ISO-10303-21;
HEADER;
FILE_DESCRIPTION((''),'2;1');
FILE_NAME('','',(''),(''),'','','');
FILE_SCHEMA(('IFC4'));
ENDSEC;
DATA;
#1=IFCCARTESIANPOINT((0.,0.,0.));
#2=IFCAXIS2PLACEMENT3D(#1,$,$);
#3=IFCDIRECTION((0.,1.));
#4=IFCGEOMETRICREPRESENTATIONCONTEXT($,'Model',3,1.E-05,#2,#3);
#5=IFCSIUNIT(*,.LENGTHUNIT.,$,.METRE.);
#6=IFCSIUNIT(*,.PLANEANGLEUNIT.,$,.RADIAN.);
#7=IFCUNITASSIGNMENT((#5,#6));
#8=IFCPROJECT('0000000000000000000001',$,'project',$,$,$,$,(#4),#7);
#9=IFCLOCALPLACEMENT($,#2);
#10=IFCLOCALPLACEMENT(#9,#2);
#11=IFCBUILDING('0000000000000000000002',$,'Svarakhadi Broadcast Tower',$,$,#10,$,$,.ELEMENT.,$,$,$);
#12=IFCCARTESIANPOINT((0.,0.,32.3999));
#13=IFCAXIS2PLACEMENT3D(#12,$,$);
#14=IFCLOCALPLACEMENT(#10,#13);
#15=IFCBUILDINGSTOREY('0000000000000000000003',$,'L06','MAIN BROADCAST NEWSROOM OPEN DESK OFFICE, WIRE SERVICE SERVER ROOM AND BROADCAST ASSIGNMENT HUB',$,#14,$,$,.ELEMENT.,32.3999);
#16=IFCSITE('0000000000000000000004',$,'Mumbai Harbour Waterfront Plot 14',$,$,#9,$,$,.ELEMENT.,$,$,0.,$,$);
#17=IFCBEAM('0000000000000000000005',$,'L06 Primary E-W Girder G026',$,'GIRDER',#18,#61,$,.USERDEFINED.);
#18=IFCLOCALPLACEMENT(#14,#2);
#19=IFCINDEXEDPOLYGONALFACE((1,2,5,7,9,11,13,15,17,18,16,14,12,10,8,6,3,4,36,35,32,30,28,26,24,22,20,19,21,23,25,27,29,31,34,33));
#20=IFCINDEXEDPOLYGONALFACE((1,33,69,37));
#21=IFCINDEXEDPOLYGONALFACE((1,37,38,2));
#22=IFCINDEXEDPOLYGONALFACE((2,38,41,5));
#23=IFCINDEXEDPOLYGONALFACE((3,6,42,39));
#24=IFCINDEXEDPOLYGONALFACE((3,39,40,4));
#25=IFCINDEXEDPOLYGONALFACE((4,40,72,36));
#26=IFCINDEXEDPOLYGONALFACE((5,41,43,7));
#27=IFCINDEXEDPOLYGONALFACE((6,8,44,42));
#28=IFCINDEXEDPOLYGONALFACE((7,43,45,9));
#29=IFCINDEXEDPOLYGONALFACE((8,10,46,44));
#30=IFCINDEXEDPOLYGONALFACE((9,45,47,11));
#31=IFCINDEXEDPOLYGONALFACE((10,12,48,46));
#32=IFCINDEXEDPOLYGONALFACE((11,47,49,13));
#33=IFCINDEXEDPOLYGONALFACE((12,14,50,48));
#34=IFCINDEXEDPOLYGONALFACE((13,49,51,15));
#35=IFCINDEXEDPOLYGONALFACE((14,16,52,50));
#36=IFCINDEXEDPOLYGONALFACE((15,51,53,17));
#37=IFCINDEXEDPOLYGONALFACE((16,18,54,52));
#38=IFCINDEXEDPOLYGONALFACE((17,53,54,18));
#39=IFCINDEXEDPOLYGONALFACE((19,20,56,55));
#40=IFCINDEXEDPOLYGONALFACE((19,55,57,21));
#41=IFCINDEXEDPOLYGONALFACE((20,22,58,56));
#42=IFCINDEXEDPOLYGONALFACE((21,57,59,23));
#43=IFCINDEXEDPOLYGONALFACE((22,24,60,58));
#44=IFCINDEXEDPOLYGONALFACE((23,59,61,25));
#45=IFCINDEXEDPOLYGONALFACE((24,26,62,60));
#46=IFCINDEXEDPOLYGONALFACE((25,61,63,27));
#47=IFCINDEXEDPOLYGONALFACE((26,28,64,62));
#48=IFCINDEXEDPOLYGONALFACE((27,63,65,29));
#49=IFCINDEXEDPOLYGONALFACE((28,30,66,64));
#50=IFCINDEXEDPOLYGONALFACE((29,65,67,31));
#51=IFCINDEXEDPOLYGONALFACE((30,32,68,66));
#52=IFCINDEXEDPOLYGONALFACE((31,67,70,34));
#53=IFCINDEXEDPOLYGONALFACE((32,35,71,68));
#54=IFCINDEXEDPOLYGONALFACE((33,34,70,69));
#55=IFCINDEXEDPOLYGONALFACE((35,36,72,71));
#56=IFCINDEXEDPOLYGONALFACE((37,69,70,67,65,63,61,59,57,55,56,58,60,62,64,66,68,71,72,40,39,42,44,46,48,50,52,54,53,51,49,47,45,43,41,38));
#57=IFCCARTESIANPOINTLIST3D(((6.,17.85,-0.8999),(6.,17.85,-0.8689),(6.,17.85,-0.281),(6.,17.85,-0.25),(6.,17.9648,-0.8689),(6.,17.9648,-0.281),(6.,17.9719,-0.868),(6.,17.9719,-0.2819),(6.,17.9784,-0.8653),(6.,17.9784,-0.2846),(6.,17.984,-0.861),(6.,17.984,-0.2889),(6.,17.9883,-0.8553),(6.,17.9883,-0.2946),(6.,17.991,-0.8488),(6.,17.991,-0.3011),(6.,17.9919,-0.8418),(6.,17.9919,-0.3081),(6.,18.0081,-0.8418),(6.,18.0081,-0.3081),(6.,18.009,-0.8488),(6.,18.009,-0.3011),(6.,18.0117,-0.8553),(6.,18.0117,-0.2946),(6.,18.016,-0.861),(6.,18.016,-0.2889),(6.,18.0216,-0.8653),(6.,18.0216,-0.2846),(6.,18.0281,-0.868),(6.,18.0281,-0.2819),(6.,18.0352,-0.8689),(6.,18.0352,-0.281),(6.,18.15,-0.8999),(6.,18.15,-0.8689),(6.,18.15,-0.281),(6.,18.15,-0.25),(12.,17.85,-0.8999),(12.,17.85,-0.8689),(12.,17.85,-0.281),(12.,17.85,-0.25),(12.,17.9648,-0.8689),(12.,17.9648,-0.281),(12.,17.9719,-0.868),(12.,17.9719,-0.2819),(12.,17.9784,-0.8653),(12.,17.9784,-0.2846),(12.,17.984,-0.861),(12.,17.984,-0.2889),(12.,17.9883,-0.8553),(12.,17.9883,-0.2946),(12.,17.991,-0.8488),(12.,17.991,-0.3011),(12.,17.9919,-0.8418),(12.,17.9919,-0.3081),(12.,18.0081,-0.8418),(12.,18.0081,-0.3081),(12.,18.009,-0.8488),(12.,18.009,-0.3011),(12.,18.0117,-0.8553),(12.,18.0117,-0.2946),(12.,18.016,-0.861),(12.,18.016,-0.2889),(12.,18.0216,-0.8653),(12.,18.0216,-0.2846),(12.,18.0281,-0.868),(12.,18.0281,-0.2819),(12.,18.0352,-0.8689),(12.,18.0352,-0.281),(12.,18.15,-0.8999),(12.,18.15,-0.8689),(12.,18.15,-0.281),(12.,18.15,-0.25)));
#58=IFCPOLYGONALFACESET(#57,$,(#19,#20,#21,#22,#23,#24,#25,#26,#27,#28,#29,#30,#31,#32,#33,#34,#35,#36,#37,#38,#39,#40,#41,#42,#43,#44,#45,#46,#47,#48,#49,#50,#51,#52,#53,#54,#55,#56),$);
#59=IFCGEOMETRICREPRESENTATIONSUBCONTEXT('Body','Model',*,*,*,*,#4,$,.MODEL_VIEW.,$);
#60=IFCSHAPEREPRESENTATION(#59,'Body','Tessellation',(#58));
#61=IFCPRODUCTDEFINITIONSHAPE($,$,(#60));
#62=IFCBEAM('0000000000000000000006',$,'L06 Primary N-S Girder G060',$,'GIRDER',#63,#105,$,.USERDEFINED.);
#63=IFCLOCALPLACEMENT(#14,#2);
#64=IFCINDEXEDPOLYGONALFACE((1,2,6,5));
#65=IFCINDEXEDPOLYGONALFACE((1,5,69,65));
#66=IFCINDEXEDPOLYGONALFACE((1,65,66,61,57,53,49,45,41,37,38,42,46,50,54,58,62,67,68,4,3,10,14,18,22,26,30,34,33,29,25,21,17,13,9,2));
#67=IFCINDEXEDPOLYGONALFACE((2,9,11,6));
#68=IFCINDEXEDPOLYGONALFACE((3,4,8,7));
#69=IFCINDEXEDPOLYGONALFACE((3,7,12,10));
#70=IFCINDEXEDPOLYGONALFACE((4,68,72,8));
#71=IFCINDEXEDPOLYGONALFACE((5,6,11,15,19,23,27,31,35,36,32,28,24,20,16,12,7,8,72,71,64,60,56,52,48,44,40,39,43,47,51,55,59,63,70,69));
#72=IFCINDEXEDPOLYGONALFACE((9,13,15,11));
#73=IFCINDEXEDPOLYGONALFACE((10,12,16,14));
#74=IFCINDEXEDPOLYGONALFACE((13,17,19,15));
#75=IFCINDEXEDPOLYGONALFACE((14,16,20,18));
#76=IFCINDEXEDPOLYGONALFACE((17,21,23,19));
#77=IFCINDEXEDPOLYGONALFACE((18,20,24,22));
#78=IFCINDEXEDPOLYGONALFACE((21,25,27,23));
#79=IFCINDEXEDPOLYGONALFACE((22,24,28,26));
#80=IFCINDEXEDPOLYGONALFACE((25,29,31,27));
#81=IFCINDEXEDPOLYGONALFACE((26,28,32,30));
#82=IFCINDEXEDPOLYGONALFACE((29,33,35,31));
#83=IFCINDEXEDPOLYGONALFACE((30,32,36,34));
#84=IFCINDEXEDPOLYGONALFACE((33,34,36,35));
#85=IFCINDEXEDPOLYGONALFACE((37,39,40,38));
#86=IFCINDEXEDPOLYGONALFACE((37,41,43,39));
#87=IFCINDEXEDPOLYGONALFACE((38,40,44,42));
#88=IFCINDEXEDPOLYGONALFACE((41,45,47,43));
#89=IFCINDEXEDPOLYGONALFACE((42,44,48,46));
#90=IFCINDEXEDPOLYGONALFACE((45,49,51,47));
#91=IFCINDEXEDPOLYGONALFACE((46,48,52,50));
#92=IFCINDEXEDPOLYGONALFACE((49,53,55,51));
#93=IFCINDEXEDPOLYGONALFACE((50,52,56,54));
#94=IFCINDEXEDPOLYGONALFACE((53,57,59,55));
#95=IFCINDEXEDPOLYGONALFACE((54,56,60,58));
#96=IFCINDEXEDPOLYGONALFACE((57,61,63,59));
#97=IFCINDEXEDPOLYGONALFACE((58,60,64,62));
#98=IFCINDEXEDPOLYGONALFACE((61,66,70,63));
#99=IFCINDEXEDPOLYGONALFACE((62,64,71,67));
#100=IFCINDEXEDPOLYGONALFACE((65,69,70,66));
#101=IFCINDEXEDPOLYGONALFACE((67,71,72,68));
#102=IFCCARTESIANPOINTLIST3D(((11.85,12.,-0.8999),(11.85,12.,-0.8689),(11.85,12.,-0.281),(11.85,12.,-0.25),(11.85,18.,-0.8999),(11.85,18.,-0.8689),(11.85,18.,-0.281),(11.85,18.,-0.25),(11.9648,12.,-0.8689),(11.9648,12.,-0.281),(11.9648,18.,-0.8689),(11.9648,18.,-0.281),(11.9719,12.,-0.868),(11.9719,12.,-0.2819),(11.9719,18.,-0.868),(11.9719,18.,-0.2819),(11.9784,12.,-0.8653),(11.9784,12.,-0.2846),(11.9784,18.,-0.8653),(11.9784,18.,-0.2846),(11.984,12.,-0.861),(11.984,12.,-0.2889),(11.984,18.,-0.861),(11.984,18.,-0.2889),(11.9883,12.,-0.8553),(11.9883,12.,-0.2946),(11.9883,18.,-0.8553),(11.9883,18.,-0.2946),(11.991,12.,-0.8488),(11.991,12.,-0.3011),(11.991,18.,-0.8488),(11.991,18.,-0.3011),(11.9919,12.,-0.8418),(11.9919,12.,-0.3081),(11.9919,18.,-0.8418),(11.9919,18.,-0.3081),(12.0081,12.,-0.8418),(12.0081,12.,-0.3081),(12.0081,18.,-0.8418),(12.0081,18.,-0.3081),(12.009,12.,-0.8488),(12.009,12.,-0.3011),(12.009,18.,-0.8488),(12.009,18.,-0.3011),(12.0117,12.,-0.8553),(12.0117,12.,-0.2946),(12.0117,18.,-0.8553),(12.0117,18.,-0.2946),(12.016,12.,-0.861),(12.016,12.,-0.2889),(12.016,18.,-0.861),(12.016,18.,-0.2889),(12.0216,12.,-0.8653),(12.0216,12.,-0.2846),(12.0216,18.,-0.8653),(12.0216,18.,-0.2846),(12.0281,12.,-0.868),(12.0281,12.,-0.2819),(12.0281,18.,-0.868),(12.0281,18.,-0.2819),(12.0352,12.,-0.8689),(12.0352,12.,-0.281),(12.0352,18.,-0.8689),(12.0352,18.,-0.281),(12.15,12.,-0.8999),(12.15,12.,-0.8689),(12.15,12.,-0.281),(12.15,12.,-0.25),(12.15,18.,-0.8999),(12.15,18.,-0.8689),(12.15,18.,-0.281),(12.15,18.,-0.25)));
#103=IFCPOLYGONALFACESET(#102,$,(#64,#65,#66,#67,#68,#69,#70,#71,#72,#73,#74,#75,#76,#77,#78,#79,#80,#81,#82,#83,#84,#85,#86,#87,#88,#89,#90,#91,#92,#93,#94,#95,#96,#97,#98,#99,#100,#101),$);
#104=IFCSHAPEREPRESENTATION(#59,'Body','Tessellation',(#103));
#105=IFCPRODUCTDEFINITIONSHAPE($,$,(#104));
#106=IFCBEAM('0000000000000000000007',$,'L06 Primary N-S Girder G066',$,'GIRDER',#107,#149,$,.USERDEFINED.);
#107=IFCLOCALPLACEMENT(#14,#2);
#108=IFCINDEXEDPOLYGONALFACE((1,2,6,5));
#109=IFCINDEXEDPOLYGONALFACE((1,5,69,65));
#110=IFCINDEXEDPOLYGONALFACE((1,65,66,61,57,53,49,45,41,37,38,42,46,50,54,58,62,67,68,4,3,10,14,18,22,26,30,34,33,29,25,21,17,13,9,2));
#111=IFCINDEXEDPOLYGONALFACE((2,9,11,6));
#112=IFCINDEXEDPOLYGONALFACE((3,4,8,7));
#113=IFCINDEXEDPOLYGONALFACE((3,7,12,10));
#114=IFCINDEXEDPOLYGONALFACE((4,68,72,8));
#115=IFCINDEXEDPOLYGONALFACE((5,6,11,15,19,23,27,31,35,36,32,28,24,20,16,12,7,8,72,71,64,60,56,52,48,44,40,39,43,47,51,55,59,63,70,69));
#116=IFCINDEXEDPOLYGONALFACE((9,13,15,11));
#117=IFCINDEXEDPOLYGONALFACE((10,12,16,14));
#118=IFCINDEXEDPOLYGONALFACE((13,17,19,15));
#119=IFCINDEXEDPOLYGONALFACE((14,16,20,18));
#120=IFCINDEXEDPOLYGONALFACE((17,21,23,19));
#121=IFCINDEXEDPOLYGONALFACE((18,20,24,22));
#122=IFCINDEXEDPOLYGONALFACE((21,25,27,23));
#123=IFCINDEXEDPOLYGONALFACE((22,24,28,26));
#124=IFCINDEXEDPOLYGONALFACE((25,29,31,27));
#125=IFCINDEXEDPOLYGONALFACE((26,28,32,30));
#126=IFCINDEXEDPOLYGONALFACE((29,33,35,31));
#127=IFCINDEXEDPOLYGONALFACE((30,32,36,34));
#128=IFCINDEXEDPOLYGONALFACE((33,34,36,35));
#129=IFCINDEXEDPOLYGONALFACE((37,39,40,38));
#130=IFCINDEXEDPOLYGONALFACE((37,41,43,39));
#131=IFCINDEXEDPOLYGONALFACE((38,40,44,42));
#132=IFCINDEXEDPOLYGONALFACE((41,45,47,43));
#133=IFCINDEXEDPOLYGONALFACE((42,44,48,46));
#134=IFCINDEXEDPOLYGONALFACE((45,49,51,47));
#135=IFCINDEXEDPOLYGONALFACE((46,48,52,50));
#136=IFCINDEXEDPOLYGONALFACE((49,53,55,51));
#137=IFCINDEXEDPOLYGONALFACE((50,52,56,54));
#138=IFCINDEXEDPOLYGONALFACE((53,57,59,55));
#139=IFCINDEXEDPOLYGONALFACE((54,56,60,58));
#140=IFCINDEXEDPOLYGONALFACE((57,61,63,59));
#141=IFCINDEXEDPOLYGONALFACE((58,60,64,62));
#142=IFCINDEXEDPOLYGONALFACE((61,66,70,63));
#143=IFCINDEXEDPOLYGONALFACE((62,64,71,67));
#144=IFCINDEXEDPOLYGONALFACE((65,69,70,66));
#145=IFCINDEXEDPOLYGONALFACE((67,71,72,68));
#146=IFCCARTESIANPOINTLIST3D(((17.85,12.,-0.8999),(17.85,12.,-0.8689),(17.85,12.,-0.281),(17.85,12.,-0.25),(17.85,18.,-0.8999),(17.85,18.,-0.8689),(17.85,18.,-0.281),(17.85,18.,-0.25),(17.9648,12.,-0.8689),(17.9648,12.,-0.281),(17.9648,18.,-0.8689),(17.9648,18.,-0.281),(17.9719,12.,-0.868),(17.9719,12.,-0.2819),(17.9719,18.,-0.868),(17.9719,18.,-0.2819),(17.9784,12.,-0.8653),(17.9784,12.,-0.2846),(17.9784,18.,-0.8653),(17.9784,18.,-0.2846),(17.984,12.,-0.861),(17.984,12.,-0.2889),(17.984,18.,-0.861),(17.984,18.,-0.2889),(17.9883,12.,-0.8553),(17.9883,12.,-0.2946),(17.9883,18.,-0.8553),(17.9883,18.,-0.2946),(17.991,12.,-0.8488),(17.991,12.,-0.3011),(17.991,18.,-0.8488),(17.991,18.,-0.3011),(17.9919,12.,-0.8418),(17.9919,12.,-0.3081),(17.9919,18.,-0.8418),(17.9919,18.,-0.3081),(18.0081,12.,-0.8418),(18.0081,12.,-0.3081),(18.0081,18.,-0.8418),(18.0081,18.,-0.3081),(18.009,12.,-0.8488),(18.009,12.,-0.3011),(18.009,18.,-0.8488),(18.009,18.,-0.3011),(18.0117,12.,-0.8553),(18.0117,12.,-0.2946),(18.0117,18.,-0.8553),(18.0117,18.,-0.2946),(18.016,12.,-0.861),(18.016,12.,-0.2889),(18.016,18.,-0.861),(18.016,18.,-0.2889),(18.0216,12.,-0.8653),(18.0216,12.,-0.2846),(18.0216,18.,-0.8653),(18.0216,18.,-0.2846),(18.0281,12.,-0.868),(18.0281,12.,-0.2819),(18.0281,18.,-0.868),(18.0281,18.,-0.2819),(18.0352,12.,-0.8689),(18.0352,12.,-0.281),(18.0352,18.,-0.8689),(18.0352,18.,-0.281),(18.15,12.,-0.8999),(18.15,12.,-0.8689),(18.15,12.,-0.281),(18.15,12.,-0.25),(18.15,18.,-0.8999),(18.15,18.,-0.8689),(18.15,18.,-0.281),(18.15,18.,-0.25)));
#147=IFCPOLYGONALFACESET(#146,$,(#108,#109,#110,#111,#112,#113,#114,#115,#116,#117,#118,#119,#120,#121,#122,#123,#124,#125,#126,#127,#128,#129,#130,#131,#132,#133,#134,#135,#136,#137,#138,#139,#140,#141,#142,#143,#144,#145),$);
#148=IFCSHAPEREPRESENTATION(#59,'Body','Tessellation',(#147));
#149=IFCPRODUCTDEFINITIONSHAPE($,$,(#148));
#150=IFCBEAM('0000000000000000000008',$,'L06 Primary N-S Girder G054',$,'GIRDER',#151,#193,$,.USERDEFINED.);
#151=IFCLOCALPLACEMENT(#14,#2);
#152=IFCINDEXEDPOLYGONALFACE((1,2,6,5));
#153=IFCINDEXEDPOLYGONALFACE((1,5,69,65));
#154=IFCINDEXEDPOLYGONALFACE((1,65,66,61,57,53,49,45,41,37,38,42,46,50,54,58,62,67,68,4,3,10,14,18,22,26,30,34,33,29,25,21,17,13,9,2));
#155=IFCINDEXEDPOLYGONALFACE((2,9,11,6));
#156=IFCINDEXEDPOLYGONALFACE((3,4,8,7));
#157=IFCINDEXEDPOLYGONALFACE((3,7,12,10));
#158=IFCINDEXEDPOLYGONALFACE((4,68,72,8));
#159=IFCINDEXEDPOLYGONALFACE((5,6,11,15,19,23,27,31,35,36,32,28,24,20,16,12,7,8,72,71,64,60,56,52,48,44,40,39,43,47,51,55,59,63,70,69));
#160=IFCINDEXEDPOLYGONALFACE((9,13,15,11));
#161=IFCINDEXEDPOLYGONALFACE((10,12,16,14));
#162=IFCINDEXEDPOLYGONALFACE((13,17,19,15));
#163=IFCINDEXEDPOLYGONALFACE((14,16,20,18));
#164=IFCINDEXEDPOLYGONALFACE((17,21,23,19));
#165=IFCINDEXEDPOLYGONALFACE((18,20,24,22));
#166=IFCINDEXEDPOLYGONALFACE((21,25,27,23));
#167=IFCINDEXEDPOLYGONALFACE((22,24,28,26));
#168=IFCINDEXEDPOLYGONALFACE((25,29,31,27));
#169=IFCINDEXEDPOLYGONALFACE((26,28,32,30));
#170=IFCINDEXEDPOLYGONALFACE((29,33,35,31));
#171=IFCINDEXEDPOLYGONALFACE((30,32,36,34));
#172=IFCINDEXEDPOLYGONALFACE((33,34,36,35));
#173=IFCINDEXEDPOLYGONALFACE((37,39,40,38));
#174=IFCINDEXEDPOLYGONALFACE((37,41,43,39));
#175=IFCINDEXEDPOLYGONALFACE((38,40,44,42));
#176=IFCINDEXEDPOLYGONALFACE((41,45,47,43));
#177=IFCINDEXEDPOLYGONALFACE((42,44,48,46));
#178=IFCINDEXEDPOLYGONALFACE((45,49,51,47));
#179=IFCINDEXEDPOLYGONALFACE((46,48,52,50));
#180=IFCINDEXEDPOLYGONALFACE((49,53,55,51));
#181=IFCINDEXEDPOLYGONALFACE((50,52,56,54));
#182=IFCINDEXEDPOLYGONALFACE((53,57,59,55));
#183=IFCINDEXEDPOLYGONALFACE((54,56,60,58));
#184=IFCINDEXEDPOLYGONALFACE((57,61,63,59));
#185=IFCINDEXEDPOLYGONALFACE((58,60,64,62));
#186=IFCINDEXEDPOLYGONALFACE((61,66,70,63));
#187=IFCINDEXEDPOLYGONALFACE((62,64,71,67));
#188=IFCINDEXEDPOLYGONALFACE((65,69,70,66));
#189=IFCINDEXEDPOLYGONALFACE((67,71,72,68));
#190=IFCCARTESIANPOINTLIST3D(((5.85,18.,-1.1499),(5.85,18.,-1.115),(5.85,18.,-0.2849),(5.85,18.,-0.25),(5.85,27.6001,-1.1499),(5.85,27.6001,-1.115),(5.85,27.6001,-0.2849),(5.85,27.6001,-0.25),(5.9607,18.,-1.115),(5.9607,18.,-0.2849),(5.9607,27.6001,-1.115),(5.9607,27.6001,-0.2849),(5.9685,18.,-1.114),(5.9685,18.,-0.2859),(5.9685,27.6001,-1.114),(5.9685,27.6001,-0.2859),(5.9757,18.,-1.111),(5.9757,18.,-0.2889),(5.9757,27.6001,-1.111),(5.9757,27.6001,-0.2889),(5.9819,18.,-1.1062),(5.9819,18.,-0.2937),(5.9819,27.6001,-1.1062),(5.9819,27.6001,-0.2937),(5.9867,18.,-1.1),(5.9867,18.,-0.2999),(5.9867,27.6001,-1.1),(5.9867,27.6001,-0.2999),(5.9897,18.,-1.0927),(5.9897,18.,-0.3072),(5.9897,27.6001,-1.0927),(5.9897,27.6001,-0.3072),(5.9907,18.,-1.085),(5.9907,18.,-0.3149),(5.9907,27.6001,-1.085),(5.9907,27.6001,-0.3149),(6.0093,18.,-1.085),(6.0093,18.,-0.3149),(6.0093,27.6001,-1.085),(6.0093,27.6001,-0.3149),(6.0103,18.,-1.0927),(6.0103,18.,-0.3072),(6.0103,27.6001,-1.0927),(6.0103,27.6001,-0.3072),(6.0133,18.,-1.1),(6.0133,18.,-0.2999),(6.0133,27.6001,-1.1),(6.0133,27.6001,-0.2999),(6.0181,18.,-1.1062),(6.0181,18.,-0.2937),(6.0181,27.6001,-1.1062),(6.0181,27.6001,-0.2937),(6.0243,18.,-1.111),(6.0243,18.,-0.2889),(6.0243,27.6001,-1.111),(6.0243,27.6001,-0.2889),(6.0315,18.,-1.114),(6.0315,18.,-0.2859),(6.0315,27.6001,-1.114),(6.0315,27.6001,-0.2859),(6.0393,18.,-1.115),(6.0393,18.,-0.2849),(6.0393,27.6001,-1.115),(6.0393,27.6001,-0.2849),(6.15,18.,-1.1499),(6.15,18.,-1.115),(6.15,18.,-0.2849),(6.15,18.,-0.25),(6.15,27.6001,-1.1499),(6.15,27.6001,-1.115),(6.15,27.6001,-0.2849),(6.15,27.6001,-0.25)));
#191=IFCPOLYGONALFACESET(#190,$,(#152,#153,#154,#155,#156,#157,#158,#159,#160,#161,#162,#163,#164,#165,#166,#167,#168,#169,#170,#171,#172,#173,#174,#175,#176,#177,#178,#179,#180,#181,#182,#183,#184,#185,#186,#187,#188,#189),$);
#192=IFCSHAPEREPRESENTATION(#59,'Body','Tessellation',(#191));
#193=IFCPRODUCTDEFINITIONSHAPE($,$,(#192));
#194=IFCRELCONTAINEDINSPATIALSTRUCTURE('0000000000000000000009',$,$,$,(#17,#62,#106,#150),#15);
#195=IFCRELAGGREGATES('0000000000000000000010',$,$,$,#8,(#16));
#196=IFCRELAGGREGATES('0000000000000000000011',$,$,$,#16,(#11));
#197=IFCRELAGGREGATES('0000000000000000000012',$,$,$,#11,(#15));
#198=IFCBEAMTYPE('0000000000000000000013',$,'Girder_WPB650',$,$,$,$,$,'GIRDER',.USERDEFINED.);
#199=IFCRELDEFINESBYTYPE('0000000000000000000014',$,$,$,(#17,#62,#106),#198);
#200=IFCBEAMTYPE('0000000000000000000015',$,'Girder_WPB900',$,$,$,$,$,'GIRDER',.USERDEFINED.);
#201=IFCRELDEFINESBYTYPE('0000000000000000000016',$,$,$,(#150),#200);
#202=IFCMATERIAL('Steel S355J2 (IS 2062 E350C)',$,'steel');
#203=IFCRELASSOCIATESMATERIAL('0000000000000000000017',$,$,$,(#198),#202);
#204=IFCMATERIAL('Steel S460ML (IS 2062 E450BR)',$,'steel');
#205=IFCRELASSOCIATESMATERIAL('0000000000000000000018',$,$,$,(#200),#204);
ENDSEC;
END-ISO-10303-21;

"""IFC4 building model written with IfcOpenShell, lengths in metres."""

from ifc_helpers import new_model, si_unit, direction, frame, origin, origin_2d, place, context, subcontext, project, spatial, i_section, extrude, material, material_profile, profile_set, type_object, element, save


model = new_model("IFC4")

# Units and contexts
model_context = context("Model", 3, precision=1e-05, world=origin(), true_north=direction((0.0, 1.0)))
body_context = subcontext(model_context, "Body", "Model", "MODEL_VIEW")
ifc_project = project(units=[si_unit("LENGTHUNIT", "METRE"), si_unit("PLANEANGLEUNIT", "RADIAN")], contexts=[model_context])

# Site, building, storey
site_placement = place(None, origin())
site = spatial("IfcSite", under=ifc_project, at=site_placement, Name="Mumbai Harbour Waterfront Plot 14", CompositionType="ELEMENT", RefElevation=0.0)
building_placement = place(site_placement, origin())
building = spatial("IfcBuilding", under=site, at=building_placement, Name="Svarakhadi Broadcast Tower", CompositionType="ELEMENT")
storey_placement = place(building_placement, frame((0.0, 0.0, 32.3999)))
storey = spatial("IfcBuildingStorey", under=building, at=storey_placement, Name="L06", Description="MAIN BROADCAST NEWSROOM OPEN DESK OFFICE, WIRE SERVICE SERVER ROOM AND BROADCAST ASSIGNMENT HUB", CompositionType="ELEMENT", Elevation=32.3999)

# Shared definitions
ifc_material_1 = material(Name="Steel S460ML (IS 2062 E450BR)", Category="steel")

# Beams
ifc_material_2 = material(Name="Steel S355J2 (IS 2062 E350C)", Category="steel")
ifc_material_profile_1 = material_profile(ifc_material_2, i_section(OverallWidth=0.3, OverallDepth=0.6499, WebThickness=0.0161, FlangeThickness=0.031, FilletRadius=0.0271, at=origin_2d()), Name="WPB 650x300x225")
ifc_profile_set_1 = profile_set([ifc_material_profile_1], Name="Steel S355J2 (IS 2062 E350C)")
beam_type_1 = type_object("IfcBeamType", Name="Girder_WPB650", ElementType="GIRDER", PredefinedType="USERDEFINED", material=ifc_profile_set_1)
for number, where, z_axis, x_axis, name in (
    (1, (6.0, 18.0, -0.575), (1.0, 0.0, 0.0), (0.0, 1.0, 0.0), "L06 Primary E-W Girder G026"),
    (2, (12.0, 12.0, -0.575), (0.0, 1.0, 0.0), (-1.0, 0.0, 0.0), "L06 Primary N-S Girder G060"),
    (3, (18.0, 12.0, -0.575), (0.0, 1.0, 0.0), (-1.0, 0.0, 0.0), "L06 Primary N-S Girder G066"),
):
    element("IfcBeam", number, at=place(storey_placement, frame(where, z_axis=z_axis, x_axis=x_axis)), inside=storey, type_object=beam_type_1, Name=name, ObjectType="GIRDER", PredefinedType="USERDEFINED", context=body_context, shape_type="SweptSolid", body=[
        extrude(i_section(OverallWidth=0.3, OverallDepth=0.6499, WebThickness=0.0161, FlangeThickness=0.031, FilletRadius=0.0271, at=origin_2d()), origin(), (0.0, 0.0, 1.0), 6.0),
    ])
ifc_material_profile_2 = material_profile(ifc_material_1, i_section(OverallWidth=0.3, OverallDepth=0.8999, WebThickness=0.0186, FlangeThickness=0.0349, FilletRadius=0.03, at=origin_2d()), Name="WPB 900x300x291")
ifc_profile_set_2 = profile_set([ifc_material_profile_2], Name="Steel S460ML (IS 2062 E450BR)")
beam_type_2 = type_object("IfcBeamType", Name="Girder_WPB900", ElementType="GIRDER", PredefinedType="USERDEFINED", material=ifc_profile_set_2)
beam_placement = place(storey_placement, frame((6.0, 18.0, -0.7), z_axis=(0.0, 1.0, 0.0), x_axis=(-1.0, 0.0, 0.0)))
element("IfcBeam", 4, at=beam_placement, inside=storey, type_object=beam_type_2, Name="L06 Primary N-S Girder G054", ObjectType="GIRDER", PredefinedType="USERDEFINED", context=body_context, shape_type="SweptSolid", body=[
    extrude(i_section(OverallWidth=0.3, OverallDepth=0.8999, WebThickness=0.0186, FlangeThickness=0.0349, FilletRadius=0.03, at=origin_2d()), origin(), (0.0, 0.0, 1.0), 9.6001),
])

save(model, "model.ifc")
